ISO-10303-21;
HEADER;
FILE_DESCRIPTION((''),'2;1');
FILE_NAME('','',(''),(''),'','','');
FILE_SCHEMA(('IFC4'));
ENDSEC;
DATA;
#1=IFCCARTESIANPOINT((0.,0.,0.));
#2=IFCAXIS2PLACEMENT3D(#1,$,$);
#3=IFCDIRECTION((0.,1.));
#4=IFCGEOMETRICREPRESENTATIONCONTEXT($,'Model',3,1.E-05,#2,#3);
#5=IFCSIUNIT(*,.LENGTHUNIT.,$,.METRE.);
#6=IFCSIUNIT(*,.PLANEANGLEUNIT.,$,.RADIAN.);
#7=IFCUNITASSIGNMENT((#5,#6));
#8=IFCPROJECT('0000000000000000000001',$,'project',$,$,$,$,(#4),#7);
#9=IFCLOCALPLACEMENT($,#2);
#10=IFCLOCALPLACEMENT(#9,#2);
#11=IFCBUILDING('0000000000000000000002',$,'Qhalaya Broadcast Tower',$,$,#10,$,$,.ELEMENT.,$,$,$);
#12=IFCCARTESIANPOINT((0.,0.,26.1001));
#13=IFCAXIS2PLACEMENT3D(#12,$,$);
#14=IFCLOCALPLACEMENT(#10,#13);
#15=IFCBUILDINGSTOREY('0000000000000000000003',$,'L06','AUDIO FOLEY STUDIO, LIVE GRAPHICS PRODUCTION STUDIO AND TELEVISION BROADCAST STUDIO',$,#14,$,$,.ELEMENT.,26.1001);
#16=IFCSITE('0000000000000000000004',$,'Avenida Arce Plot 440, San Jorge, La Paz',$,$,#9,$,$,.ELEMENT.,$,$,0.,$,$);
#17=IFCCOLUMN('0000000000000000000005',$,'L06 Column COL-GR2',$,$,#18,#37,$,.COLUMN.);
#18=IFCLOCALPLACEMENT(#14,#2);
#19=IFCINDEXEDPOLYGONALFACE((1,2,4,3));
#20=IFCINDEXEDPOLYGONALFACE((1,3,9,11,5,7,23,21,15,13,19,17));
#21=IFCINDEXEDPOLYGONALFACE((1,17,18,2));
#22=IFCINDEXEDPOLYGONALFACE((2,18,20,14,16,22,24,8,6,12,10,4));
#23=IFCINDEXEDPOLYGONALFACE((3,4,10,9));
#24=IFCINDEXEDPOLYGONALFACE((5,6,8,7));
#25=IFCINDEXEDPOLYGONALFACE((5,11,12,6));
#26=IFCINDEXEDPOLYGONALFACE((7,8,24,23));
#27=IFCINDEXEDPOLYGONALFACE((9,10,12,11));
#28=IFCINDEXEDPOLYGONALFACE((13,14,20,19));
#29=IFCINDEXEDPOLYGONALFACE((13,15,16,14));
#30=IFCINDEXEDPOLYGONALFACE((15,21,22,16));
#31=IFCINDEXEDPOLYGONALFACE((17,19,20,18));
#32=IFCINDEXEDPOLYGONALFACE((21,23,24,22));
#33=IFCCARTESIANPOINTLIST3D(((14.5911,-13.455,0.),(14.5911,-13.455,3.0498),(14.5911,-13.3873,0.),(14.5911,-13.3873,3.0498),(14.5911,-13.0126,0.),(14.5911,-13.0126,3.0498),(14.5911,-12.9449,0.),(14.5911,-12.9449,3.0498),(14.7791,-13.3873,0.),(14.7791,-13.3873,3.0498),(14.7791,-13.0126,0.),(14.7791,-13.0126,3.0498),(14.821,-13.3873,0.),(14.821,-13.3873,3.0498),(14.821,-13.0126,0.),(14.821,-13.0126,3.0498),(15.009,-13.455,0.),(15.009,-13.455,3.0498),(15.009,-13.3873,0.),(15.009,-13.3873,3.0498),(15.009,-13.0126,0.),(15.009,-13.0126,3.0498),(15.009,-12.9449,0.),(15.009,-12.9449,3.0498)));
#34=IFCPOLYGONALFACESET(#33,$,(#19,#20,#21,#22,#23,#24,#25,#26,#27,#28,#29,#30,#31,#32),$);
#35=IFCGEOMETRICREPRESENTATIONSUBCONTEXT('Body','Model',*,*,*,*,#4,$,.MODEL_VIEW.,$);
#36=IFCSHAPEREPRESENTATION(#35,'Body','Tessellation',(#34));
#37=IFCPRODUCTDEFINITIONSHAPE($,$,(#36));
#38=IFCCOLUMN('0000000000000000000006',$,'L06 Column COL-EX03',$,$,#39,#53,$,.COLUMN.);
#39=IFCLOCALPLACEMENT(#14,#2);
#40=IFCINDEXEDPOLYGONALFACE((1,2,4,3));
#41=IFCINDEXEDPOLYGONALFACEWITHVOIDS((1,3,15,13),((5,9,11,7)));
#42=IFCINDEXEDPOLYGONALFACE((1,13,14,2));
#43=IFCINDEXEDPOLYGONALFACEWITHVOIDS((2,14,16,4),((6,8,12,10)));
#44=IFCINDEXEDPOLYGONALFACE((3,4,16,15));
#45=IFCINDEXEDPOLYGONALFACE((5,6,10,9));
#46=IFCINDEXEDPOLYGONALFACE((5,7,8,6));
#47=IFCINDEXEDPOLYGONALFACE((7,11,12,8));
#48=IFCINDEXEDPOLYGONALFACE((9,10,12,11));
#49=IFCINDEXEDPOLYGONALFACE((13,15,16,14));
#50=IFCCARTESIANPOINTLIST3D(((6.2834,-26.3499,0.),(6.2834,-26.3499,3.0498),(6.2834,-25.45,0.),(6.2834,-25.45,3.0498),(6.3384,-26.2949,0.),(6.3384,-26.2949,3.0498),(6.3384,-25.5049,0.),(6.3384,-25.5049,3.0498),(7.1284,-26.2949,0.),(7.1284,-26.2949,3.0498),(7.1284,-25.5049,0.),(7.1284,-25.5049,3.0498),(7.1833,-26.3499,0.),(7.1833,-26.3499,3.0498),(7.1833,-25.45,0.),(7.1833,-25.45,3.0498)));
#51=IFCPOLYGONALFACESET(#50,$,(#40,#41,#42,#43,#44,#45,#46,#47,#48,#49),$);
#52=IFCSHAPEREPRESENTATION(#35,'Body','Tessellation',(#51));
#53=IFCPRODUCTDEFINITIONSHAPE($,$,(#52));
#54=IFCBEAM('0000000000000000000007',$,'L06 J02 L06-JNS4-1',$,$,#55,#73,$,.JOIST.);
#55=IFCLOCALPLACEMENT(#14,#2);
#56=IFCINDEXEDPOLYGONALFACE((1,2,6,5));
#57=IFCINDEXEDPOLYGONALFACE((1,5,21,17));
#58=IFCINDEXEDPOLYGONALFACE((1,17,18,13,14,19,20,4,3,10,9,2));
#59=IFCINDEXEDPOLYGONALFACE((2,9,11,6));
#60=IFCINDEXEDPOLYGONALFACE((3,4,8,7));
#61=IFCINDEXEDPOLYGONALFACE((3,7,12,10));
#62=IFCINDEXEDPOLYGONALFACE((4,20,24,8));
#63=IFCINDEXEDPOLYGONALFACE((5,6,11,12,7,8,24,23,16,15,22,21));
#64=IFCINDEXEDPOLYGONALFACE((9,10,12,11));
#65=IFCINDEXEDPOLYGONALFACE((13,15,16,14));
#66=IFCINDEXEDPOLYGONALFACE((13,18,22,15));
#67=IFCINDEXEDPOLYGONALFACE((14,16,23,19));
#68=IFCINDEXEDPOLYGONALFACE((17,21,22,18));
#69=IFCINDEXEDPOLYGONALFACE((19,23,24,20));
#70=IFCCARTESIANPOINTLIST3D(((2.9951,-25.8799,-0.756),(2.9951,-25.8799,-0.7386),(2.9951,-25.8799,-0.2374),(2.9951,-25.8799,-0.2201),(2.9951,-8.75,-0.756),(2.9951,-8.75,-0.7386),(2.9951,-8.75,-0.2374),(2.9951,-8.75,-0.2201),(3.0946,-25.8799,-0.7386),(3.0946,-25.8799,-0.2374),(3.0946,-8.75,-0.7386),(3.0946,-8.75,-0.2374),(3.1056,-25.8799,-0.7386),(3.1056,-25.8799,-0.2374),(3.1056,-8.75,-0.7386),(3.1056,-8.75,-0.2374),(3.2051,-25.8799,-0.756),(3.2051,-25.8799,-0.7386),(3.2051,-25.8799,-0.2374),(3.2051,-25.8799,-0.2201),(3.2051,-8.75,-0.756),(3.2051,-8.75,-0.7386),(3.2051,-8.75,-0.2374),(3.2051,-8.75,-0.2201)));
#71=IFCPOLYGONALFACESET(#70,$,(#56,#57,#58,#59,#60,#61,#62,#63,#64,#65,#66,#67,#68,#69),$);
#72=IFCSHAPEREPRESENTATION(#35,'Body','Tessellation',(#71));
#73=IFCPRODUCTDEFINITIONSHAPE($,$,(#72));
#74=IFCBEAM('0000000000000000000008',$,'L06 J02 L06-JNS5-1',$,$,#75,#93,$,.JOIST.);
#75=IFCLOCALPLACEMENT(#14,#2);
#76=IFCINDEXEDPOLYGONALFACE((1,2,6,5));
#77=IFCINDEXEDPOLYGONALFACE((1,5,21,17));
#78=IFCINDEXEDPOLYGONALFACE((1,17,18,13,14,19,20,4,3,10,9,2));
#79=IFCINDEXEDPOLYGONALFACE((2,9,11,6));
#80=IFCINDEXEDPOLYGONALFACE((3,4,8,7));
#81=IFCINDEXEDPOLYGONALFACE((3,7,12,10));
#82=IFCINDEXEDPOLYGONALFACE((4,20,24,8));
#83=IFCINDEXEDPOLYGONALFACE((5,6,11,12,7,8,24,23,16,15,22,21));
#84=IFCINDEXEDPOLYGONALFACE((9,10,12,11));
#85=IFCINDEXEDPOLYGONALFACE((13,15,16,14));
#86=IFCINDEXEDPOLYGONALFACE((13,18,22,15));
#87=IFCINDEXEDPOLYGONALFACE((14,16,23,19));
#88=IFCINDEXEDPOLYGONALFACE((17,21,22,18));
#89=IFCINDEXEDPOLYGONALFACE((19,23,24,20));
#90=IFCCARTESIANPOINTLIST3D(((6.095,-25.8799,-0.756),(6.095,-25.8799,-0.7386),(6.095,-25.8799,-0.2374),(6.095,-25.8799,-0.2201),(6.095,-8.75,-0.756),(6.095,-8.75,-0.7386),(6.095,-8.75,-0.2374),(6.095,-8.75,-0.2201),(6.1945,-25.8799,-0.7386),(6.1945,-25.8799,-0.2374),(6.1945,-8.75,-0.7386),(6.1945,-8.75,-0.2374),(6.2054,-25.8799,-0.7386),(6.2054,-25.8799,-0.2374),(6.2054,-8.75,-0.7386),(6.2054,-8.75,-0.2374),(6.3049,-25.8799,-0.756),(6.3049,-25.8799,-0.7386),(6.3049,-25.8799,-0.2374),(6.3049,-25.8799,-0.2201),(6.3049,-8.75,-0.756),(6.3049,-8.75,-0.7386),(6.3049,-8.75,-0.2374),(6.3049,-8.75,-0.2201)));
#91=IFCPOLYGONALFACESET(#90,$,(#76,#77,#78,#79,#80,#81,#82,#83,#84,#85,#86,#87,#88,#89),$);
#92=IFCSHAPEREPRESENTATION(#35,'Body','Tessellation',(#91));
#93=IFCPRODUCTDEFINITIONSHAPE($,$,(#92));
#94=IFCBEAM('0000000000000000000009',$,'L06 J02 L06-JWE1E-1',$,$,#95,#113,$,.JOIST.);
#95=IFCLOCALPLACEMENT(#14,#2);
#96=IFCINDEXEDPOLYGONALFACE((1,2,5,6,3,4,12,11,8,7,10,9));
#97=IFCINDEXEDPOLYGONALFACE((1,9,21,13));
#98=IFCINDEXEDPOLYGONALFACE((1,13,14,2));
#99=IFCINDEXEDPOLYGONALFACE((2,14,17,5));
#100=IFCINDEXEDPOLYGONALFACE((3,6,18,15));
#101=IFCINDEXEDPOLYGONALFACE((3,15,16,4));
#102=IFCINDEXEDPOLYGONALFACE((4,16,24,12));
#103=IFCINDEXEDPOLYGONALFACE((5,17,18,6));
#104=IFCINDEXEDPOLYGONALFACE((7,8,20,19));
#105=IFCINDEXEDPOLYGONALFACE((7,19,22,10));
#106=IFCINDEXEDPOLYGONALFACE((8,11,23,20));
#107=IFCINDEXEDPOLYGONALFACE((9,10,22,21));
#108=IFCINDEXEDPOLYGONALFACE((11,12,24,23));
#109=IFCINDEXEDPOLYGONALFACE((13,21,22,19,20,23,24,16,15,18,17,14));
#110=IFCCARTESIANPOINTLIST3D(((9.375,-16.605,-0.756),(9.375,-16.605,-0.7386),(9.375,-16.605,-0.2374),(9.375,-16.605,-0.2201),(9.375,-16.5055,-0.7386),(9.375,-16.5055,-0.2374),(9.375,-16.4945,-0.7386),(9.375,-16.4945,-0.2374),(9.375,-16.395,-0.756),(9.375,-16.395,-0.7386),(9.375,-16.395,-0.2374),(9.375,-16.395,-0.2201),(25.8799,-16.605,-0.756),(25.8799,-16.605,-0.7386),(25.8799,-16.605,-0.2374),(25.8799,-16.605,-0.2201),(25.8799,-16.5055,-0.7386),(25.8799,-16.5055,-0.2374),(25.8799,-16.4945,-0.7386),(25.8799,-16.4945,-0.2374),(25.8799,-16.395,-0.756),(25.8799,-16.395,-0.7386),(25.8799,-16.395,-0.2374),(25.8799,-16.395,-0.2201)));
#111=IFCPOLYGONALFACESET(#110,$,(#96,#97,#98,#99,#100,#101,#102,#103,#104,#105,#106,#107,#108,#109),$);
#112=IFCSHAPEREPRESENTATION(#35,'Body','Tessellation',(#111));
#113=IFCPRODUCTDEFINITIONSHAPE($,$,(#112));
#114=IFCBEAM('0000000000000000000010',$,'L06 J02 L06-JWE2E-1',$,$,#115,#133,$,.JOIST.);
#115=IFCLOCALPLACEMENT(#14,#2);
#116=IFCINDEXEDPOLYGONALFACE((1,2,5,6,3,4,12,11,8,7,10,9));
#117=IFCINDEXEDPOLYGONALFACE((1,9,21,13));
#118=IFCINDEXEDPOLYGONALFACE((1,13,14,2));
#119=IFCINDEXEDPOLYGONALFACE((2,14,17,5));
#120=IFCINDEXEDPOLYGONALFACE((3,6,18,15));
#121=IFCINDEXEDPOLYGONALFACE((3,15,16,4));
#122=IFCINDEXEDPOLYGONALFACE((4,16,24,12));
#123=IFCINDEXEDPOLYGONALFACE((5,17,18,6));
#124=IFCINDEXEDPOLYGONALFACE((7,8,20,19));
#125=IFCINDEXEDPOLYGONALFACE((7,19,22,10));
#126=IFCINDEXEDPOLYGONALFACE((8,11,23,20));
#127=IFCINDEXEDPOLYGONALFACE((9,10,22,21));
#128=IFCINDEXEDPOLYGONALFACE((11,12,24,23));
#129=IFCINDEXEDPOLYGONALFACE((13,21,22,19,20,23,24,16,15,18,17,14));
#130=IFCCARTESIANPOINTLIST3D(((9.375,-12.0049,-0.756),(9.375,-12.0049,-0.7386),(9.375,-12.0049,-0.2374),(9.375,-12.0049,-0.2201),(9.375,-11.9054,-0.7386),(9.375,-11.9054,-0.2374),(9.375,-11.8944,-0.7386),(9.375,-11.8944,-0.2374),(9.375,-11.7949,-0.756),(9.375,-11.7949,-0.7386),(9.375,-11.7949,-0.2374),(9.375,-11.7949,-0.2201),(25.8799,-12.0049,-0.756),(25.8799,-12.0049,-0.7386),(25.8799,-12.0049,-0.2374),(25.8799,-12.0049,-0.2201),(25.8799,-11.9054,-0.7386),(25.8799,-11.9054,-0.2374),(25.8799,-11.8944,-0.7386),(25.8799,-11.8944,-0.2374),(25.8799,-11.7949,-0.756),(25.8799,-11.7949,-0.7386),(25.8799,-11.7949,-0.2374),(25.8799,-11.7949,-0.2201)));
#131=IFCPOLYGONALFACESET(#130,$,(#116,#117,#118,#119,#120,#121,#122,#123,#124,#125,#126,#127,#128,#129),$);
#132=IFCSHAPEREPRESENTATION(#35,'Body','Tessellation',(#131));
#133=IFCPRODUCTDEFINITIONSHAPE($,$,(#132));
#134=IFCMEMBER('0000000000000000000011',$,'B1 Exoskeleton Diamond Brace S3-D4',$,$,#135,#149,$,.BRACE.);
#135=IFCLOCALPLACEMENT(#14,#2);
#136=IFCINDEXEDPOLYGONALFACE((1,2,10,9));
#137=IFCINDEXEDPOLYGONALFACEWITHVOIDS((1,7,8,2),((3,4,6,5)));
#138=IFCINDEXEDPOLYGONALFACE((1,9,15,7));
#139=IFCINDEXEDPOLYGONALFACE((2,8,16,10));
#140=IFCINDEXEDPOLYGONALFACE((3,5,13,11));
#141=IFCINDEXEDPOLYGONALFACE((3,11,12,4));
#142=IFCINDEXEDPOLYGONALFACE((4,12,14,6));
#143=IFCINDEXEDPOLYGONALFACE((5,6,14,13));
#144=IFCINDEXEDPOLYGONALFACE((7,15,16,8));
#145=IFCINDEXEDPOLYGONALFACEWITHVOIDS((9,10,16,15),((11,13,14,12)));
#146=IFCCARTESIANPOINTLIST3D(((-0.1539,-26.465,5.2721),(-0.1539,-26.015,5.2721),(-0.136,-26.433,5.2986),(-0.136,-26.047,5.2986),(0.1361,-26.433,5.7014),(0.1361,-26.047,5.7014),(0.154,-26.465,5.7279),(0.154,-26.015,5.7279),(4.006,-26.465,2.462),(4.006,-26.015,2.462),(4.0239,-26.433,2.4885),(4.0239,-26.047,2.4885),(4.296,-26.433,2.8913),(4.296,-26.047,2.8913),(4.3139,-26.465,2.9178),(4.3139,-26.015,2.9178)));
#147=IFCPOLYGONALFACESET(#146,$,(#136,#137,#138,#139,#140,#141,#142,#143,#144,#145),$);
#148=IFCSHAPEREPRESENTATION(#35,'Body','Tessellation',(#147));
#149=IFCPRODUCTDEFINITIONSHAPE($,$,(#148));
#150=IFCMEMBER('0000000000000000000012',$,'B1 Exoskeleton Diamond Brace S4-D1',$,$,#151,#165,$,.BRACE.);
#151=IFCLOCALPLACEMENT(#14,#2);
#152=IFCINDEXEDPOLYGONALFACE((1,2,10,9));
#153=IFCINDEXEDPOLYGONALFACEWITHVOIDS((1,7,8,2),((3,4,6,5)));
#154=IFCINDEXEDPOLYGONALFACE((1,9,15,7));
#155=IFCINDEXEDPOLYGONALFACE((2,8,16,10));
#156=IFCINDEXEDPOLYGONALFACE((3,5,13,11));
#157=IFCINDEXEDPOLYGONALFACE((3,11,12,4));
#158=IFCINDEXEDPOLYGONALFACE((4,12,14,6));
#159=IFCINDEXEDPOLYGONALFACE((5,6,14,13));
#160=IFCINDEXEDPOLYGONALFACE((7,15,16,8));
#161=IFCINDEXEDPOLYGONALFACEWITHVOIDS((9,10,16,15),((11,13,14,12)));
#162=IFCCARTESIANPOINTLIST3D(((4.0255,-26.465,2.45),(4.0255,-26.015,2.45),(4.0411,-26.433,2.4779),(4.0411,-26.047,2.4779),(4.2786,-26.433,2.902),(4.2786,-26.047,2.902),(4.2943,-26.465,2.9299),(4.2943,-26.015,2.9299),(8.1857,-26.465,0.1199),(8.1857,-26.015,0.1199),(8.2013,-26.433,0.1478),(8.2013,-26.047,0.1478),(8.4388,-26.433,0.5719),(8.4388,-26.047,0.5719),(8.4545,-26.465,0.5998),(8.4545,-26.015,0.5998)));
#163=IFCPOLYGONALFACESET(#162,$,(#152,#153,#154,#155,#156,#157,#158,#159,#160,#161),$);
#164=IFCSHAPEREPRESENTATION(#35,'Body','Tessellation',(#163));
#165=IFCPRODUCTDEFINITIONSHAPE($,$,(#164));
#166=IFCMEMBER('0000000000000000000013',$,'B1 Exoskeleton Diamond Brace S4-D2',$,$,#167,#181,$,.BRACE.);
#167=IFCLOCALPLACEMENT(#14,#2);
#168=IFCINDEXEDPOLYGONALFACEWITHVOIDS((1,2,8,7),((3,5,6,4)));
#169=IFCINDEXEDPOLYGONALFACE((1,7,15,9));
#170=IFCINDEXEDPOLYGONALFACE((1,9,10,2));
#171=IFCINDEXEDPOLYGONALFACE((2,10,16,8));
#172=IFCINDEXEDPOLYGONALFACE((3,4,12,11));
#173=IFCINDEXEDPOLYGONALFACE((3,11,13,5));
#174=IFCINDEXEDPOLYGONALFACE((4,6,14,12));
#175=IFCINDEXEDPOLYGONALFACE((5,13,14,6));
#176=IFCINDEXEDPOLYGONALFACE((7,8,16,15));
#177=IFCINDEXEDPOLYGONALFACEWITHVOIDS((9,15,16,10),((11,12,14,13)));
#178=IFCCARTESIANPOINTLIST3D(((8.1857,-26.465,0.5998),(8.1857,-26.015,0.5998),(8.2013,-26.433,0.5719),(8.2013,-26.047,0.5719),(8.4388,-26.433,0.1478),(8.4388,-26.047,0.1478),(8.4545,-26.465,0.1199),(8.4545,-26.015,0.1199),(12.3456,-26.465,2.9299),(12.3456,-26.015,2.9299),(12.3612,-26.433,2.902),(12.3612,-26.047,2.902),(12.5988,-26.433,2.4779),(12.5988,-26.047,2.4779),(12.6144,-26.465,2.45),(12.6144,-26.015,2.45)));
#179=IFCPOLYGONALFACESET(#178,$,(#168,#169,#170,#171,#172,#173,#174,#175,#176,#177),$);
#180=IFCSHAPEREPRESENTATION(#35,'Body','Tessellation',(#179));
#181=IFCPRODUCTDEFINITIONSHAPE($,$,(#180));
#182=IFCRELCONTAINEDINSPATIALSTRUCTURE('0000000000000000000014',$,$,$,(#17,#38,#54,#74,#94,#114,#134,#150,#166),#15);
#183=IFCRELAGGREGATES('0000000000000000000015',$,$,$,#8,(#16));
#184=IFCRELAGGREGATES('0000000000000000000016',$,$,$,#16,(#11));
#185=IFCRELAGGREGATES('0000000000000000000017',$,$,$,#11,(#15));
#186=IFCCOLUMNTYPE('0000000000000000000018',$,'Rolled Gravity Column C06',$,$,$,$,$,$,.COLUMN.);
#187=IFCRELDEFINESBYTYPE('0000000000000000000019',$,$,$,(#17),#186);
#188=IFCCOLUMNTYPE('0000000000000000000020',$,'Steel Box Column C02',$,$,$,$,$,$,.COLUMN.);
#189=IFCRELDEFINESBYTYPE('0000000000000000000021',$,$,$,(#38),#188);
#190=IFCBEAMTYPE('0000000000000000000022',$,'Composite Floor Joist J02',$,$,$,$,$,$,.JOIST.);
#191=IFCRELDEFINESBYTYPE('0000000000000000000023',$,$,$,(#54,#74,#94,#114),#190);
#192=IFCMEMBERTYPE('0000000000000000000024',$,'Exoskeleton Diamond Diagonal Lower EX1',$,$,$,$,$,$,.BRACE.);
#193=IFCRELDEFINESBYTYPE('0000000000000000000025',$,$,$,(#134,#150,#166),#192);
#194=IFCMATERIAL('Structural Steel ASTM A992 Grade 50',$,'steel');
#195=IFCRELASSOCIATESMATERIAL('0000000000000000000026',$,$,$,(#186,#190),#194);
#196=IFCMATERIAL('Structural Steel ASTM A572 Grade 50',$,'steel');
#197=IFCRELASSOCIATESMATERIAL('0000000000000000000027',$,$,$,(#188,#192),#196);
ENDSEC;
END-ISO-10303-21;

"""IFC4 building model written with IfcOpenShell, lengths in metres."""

from ifc_helpers import new_model, si_unit, direction, frame, origin, origin_2d, place, context, subcontext, project, spatial, hollow_rectangle, i_section, extrude, material, material_profile, profile_set, type_object, element, save


model = new_model("IFC4")

# Units and contexts
model_context = context("Model", 3, precision=1e-05, world=origin(), true_north=direction((0.0, 1.0)))
body_context = subcontext(model_context, "Body", "Model", "MODEL_VIEW")
ifc_project = project(units=[si_unit("LENGTHUNIT", "METRE"), si_unit("PLANEANGLEUNIT", "RADIAN")], contexts=[model_context])

# Site, building, storey
site_placement = place(None, origin())
site = spatial("IfcSite", under=ifc_project, at=site_placement, Name="Avenida Arce Plot 440, San Jorge, La Paz", CompositionType="ELEMENT", RefElevation=0.0)
building_placement = place(site_placement, origin())
building = spatial("IfcBuilding", under=site, at=building_placement, Name="Qhalaya Broadcast Tower", CompositionType="ELEMENT")
storey_placement = place(building_placement, frame((0.0, 0.0, 26.1001)))
storey = spatial("IfcBuildingStorey", under=building, at=storey_placement, Name="L06", Description="AUDIO FOLEY STUDIO, LIVE GRAPHICS PRODUCTION STUDIO AND TELEVISION BROADCAST STUDIO", CompositionType="ELEMENT", Elevation=26.1001)

# Columns
ifc_material_1 = material(Name="Structural Steel ASTM A992 Grade 50", Category="steel")
ifc_material_profile_1 = material_profile(ifc_material_1, i_section(OverallWidth=0.418, OverallDepth=0.51, WebThickness=0.042, FlangeThickness=0.0676, at=origin_2d()), Name="W14X370")
ifc_profile_set_1 = profile_set([ifc_material_profile_1], Name="Structural Steel ASTM A992 Grade 50")
column_type_1 = type_object("IfcColumnType", Name="Rolled Gravity Column C06", PredefinedType="COLUMN", material=ifc_profile_set_1)
column_1_placement = place(storey_placement, frame((14.8, -13.2, 0.0), z_axis=(0.0, 0.0, 1.0), x_axis=(1.0, 0.0, 0.0)))
element("IfcColumn", 1, at=column_1_placement, inside=storey, type_object=column_type_1, Name="L06 Column COL-GR2", PredefinedType="COLUMN", context=body_context, shape_type="SweptSolid", body=[
    extrude(i_section(OverallWidth=0.418, OverallDepth=0.51, WebThickness=0.042, FlangeThickness=0.0676, at=origin_2d()), origin(), (0.0, 0.0, 1.0), 3.0498),
])
ifc_material_2 = material(Name="Structural Steel ASTM A572 Grade 50", Category="steel")
ifc_material_profile_2 = material_profile(ifc_material_2, hollow_rectangle(XDim=0.8999, YDim=0.8999, WallThickness=0.0549, at=origin_2d()), Name="BOX 900x900x55")
ifc_profile_set_2 = profile_set([ifc_material_profile_2], Name="Structural Steel ASTM A572 Grade 50")
column_type_2 = type_object("IfcColumnType", Name="Steel Box Column C02", PredefinedType="COLUMN", material=ifc_profile_set_2)
column_2_placement = place(storey_placement, frame((6.7334, -25.8999, 0.0), z_axis=(0.0, 0.0, 1.0), x_axis=(1.0, 0.0, 0.0)))
element("IfcColumn", 2, at=column_2_placement, inside=storey, type_object=column_type_2, Name="L06 Column COL-EX03", PredefinedType="COLUMN", context=body_context, shape_type="SweptSolid", body=[
    extrude(hollow_rectangle(XDim=0.8999, YDim=0.8999, WallThickness=0.0549, at=origin_2d()), origin(), (0.0, 0.0, 1.0), 3.0498),
])

# Beams
ifc_material_profile_3 = material_profile(ifc_material_1, i_section(OverallWidth=0.21, OverallDepth=0.5359, WebThickness=0.011, FlangeThickness=0.0173, at=origin_2d()), Name="W21X68")
ifc_profile_set_3 = profile_set([ifc_material_profile_3], Name="Structural Steel ASTM A992 Grade 50")
beam_type_1 = type_object("IfcBeamType", Name="Composite Floor Joist J02", PredefinedType="JOIST", material=ifc_profile_set_3)
for number, where, z_axis, x_axis, name in (
    (3, (3.1001, -25.8799, -0.488), (0.0, 1.0, 0.0), (-1.0, 0.0, 0.0), "L06 J02 L06-JNS4-1"),
    (4, (6.2, -25.8799, -0.488), (0.0, 1.0, 0.0), (-1.0, 0.0, 0.0), "L06 J02 L06-JNS5-1"),
):
    element("IfcBeam", number, at=place(storey_placement, frame(where, z_axis=z_axis, x_axis=x_axis)), inside=storey, type_object=beam_type_1, Name=name, PredefinedType="JOIST", context=body_context, shape_type="SweptSolid", body=[
        extrude(i_section(OverallWidth=0.21, OverallDepth=0.5359, WebThickness=0.011, FlangeThickness=0.0173, at=origin_2d()), origin(), (0.0, 0.0, 1.0), 17.1299),
    ])
for number, where, z_axis, x_axis, name in (
    (5, (9.375, -16.5, -0.488), (1.0, 0.0, 0.0), (0.0, 1.0, 0.0), "L06 J02 L06-JWE1E-1"),
    (6, (9.375, -11.8999, -0.488), (1.0, 0.0, 0.0), (0.0, 1.0, 0.0), "L06 J02 L06-JWE2E-1"),
):
    element("IfcBeam", number, at=place(storey_placement, frame(where, z_axis=z_axis, x_axis=x_axis)), inside=storey, type_object=beam_type_1, Name=name, PredefinedType="JOIST", context=body_context, shape_type="SweptSolid", body=[
        extrude(i_section(OverallWidth=0.21, OverallDepth=0.5359, WebThickness=0.011, FlangeThickness=0.0173, at=origin_2d()), origin(), (0.0, 0.0, 1.0), 16.5049),
    ])

# Members
ifc_material_profile_4 = material_profile(ifc_material_2, hollow_rectangle(XDim=0.45, YDim=0.55, WallThickness=0.032, at=origin_2d()), Name="BOX 450x550x32")
ifc_profile_set_4 = profile_set([ifc_material_profile_4], Name="Structural Steel ASTM A572 Grade 50")
member_type = type_object("IfcMemberType", Name="Exoskeleton Diamond Diagonal Lower EX1", PredefinedType="BRACE", material=ifc_profile_set_4)
member_1_placement = place(storey_placement, frame((4.1599, -26.24, 2.6899), z_axis=(-0.828653, 0.0, 0.559763), x_axis=(0.0, -1.0, 0.0)))
element("IfcMember", 7, at=member_1_placement, inside=storey, type_object=member_type, Name="B1 Exoskeleton Diamond Brace S3-D4", PredefinedType="BRACE", context=body_context, shape_type="SweptSolid", body=[
    extrude(hollow_rectangle(XDim=0.45, YDim=0.55, WallThickness=0.032, at=origin_2d()), origin(), (0.0, 0.0, 1.0), 5.02),
])
member_2_placement = place(storey_placement, frame((8.3201, -26.24, 0.3599), z_axis=(-0.872471, 0.0, 0.488666), x_axis=(0.0, -1.0, 0.0)))
element("IfcMember", 8, at=member_2_placement, inside=storey, type_object=member_type, Name="B1 Exoskeleton Diamond Brace S4-D1", PredefinedType="BRACE", context=body_context, shape_type="SweptSolid", body=[
    extrude(hollow_rectangle(XDim=0.45, YDim=0.55, WallThickness=0.032, at=origin_2d()), origin(), (0.0, 0.0, 1.0), 4.7683),
])
member_3_placement = place(storey_placement, frame((8.3201, -26.24, 0.3599), z_axis=(0.872459, 0.0, 0.488688), x_axis=(0.0, 1.0, 0.0)))
element("IfcMember", 9, at=member_3_placement, inside=storey, type_object=member_type, Name="B1 Exoskeleton Diamond Brace S4-D2", PredefinedType="BRACE", context=body_context, shape_type="SweptSolid", body=[
    extrude(hollow_rectangle(XDim=0.45, YDim=0.55, WallThickness=0.032, at=origin_2d()), origin(), (0.0, 0.0, 1.0), 4.7681),
])

save(model, "model.ifc")
